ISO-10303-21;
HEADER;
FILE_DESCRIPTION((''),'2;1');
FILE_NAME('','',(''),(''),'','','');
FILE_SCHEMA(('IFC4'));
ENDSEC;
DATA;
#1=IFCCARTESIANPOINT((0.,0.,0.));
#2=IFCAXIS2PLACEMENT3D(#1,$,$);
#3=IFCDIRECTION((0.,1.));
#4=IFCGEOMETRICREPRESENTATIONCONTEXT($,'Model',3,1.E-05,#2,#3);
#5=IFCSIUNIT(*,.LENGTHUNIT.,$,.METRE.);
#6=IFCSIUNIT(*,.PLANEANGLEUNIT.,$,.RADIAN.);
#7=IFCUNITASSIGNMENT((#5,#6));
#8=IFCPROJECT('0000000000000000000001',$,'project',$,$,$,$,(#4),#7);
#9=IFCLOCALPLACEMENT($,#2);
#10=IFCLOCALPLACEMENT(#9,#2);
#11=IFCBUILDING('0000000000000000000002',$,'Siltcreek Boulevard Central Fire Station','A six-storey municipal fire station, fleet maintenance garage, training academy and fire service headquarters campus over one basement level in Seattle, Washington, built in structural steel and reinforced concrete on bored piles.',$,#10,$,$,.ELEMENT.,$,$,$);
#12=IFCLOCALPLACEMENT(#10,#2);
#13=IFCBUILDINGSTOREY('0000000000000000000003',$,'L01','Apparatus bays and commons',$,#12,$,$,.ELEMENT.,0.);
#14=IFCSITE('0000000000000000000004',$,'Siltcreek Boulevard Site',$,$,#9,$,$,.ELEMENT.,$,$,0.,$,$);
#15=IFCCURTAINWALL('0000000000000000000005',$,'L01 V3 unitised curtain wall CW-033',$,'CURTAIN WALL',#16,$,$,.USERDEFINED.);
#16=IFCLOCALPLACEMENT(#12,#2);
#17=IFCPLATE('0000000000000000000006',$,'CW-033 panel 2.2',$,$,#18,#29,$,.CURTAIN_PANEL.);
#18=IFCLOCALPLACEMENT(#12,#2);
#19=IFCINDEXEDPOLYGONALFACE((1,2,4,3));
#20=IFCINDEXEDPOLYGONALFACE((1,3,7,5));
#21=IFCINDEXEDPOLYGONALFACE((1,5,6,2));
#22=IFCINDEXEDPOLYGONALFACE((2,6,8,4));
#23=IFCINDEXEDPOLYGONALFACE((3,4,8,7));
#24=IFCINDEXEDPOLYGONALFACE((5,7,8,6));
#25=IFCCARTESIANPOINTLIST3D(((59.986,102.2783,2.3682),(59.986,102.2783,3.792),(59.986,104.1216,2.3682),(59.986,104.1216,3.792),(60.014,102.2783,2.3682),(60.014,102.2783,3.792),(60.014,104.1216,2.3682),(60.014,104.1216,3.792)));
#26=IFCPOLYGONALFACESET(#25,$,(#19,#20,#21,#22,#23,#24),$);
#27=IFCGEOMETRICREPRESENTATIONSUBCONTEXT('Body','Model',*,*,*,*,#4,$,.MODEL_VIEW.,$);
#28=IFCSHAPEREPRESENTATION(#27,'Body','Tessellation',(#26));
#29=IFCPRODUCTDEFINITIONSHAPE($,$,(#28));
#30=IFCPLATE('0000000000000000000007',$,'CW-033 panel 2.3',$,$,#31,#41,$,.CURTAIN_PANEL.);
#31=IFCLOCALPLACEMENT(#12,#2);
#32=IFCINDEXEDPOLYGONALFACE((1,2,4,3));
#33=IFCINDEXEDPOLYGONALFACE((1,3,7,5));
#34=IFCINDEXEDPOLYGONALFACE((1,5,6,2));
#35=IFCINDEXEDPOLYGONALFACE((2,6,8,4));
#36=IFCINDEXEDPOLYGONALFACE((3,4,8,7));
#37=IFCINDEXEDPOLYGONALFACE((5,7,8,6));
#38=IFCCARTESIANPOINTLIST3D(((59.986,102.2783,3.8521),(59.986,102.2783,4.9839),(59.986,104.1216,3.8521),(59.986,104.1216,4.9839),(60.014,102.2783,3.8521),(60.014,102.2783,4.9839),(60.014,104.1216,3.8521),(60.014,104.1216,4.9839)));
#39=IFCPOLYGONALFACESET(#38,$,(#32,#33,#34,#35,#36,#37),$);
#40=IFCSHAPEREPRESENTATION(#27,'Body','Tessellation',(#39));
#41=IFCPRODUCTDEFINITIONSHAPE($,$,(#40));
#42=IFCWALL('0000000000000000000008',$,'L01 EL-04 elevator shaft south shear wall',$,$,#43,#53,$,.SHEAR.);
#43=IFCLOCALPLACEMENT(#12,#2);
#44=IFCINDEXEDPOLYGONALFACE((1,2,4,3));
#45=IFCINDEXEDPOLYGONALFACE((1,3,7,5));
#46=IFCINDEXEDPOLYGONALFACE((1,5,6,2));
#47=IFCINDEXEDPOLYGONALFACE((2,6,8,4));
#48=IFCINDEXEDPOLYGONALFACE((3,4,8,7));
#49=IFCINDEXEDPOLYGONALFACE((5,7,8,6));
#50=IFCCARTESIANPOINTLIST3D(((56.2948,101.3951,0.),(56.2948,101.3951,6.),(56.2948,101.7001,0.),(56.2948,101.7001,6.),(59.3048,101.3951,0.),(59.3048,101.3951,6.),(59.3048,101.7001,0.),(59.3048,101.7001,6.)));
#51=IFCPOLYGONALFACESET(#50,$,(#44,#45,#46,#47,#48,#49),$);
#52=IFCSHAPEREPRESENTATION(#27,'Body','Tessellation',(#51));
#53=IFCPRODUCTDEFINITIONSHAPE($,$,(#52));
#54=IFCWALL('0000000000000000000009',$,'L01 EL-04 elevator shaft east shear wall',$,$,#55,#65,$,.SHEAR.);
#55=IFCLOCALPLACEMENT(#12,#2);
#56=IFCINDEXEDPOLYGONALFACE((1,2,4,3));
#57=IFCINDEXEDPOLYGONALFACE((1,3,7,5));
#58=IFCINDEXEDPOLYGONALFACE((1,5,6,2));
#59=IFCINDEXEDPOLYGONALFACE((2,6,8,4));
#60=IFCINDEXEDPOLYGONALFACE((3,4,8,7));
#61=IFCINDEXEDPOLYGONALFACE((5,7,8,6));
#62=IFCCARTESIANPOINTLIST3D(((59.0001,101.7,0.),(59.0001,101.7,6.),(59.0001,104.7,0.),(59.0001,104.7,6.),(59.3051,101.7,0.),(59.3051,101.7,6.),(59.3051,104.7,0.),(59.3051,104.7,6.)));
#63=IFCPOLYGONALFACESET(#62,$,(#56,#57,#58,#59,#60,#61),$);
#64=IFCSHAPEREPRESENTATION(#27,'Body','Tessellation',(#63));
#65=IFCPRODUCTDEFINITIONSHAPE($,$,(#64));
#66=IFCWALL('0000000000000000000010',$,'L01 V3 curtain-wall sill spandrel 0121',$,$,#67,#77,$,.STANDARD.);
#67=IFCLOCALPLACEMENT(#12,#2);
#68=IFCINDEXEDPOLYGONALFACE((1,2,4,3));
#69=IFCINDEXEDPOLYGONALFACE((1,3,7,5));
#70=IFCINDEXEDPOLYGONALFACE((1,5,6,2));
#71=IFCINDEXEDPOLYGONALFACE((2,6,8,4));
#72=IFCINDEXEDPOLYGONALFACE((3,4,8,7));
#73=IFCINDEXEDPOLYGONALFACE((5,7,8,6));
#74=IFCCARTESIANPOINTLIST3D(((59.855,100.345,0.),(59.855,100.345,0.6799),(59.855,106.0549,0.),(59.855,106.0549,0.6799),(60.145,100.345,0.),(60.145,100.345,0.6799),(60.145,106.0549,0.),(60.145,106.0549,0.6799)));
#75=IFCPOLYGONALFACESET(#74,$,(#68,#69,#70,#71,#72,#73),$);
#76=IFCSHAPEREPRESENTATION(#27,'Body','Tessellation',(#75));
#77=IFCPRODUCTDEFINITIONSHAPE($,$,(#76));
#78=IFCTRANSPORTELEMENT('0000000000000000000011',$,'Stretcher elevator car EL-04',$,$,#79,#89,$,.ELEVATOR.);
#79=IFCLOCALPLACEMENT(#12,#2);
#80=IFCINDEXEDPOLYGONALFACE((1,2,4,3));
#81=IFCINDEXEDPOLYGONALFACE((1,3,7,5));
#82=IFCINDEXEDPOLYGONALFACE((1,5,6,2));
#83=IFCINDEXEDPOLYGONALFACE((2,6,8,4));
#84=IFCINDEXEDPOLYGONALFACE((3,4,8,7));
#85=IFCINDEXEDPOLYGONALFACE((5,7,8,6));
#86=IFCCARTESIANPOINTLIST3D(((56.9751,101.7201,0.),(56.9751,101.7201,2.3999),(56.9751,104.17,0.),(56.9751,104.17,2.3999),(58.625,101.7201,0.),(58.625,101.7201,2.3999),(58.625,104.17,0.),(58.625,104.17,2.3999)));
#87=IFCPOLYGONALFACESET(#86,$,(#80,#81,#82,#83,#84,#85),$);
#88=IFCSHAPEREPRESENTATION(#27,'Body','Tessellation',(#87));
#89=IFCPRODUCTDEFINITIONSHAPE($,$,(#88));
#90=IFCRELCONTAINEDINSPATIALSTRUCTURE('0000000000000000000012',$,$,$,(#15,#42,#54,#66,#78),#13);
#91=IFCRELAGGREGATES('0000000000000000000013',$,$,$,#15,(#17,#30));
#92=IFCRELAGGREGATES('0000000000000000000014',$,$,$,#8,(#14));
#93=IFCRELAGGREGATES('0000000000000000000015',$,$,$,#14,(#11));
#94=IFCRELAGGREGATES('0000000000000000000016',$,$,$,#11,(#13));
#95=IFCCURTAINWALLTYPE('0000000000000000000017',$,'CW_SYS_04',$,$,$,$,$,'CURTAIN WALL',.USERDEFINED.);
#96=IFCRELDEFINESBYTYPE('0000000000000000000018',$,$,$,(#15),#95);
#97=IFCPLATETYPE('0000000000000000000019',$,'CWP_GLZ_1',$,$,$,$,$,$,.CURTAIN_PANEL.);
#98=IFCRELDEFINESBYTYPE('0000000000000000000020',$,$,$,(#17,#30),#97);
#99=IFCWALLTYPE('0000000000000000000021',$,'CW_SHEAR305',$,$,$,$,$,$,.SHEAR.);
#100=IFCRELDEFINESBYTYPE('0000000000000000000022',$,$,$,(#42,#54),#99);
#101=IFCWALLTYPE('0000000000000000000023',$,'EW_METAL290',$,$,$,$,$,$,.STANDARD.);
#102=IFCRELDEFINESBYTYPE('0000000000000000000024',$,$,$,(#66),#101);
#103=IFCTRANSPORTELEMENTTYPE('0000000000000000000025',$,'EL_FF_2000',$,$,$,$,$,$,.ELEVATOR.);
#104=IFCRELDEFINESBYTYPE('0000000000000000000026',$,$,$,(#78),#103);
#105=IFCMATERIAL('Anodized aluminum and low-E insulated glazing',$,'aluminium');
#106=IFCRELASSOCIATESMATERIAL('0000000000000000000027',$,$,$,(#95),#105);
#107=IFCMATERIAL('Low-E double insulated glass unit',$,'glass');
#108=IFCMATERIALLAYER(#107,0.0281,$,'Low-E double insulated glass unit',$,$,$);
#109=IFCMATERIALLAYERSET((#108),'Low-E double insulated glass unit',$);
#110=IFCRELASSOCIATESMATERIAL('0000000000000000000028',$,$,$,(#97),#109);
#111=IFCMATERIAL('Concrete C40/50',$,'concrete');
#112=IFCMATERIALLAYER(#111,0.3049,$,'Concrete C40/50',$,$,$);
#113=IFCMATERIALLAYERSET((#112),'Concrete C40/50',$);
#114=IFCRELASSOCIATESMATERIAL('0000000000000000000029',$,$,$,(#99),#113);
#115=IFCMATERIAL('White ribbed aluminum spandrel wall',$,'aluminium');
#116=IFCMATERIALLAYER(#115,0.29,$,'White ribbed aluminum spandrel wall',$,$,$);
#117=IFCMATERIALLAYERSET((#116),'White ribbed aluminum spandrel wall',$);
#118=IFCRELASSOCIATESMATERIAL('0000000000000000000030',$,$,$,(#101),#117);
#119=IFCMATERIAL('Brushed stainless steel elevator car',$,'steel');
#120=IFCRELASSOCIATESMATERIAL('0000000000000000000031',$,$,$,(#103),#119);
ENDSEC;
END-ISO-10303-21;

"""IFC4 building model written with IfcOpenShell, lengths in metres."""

from ifc_helpers import new_model, si_unit, direction, frame, frame_2d, origin, origin_2d, place, context, subcontext, project, spatial, rectangle, extrude, material, layer, layer_set, type_object, element, aggregate, save


model = new_model("IFC4")

# Units and contexts
model_context = context("Model", 3, precision=1e-05, world=origin(), true_north=direction((0.0, 1.0)))
body_context = subcontext(model_context, "Body", "Model", "MODEL_VIEW")
ifc_project = project(units=[si_unit("LENGTHUNIT", "METRE"), si_unit("PLANEANGLEUNIT", "RADIAN")], contexts=[model_context])

# Site, building, storey
site_placement = place(None, origin())
site = spatial("IfcSite", under=ifc_project, at=site_placement, Name="Siltcreek Boulevard Site", CompositionType="ELEMENT", RefElevation=0.0)
building_placement = place(site_placement, origin())
building = spatial("IfcBuilding", under=site, at=building_placement, Name="Siltcreek Boulevard Central Fire Station", Description="A six-storey municipal fire station, fleet maintenance garage, training academy and fire service headquarters campus over one basement level in Seattle, Washington, built in structural steel and reinforced concrete on bored piles.", CompositionType="ELEMENT")
storey_placement = place(building_placement, origin())
storey = spatial("IfcBuildingStorey", under=building, at=storey_placement, Name="L01", Description="Apparatus bays and commons", CompositionType="ELEMENT", Elevation=0.0)

# Curtain wall
ifc_material_1 = material(Name="Anodized aluminum and low-E insulated glazing", Category="aluminium")
curtain_wall_type = type_object("IfcCurtainWallType", Name="CW_SYS_04", ElementType="CURTAIN WALL", PredefinedType="USERDEFINED", material=ifc_material_1)
curtain_wall_placement = place(storey_placement, origin())
curtain_wall = element("IfcCurtainWall", 1, at=curtain_wall_placement, inside=storey, type_object=curtain_wall_type, Name="L01 V3 unitised curtain wall CW-033", ObjectType="CURTAIN WALL", PredefinedType="USERDEFINED")

# Plates
ifc_material_2 = material(Name="Low-E double insulated glass unit", Category="glass")
ifc_layer_1 = layer(ifc_material_2, 0.0281, Name="Low-E double insulated glass unit")
ifc_layer_set_1 = layer_set([ifc_layer_1], Name="Low-E double insulated glass unit")
plate_type = type_object("IfcPlateType", Name="CWP_GLZ_1", PredefinedType="CURTAIN_PANEL", material=ifc_layer_set_1)
plate_1_placement = place(storey_placement, frame((60.0, 103.2, 2.3682), z_axis=(0.0, 0.0, 1.0), x_axis=(0.0, 1.0, 0.0)))
plate_1 = element("IfcPlate", 2, at=plate_1_placement, type_object=plate_type, Name="CW-033 panel 2.2", PredefinedType="CURTAIN_PANEL", context=body_context, shape_type="SweptSolid", body=[
    extrude(rectangle(XDim=1.8433, YDim=0.0281, at=origin_2d()), origin(), (0.0, 0.0, 1.0), 1.4238),
])
plate_2_placement = place(storey_placement, frame((60.0, 103.2, 3.8521), z_axis=(0.0, 0.0, 1.0), x_axis=(0.0, 1.0, 0.0)))
plate_2 = element("IfcPlate", 3, at=plate_2_placement, type_object=plate_type, Name="CW-033 panel 2.3", PredefinedType="CURTAIN_PANEL", context=body_context, shape_type="SweptSolid", body=[
    extrude(rectangle(XDim=1.8433, YDim=0.0281, at=origin_2d()), origin(), (0.0, 0.0, 1.0), 1.1318),
])
aggregate(curtain_wall, [plate_1, plate_2])

# Walls
ifc_material_3 = material(Name="Concrete C40/50", Category="concrete")
ifc_layer_2 = layer(ifc_material_3, 0.3049, Name="Concrete C40/50")
ifc_layer_set_2 = layer_set([ifc_layer_2], Name="Concrete C40/50")
wall_type_1 = type_object("IfcWallType", Name="CW_SHEAR305", PredefinedType="SHEAR", material=ifc_layer_set_2)
wall_1_placement = place(storey_placement, frame((56.2949, 101.5476, 0.0), z_axis=(0.0, 0.0, 1.0), x_axis=(1.0, 0.0, 0.0)))
element("IfcWall", 4, at=wall_1_placement, inside=storey, type_object=wall_type_1, Name="L01 EL-04 elevator shaft south shear wall", PredefinedType="SHEAR", context=body_context, shape_type="SweptSolid", body=[
    extrude(rectangle(XDim=3.01, YDim=0.3049, at=frame_2d((1.5049, 0.0))), origin(), (0.0, 0.0, 1.0), 6.0),
])
wall_2_placement = place(storey_placement, frame((59.1526, 101.7, 0.0), z_axis=(0.0, 0.0, 1.0), x_axis=(0.0, 1.0, 0.0)))
element("IfcWall", 5, at=wall_2_placement, inside=storey, type_object=wall_type_1, Name="L01 EL-04 elevator shaft east shear wall", PredefinedType="SHEAR", context=body_context, shape_type="SweptSolid", body=[
    extrude(rectangle(XDim=3.0, YDim=0.3049, at=frame_2d((1.5, 0.0))), origin(), (0.0, 0.0, 1.0), 6.0),
])
ifc_material_4 = material(Name="White ribbed aluminum spandrel wall", Category="aluminium")
ifc_layer_3 = layer(ifc_material_4, 0.29, Name="White ribbed aluminum spandrel wall")
ifc_layer_set_3 = layer_set([ifc_layer_3], Name="White ribbed aluminum spandrel wall")
wall_type_2 = type_object("IfcWallType", Name="EW_METAL290", PredefinedType="STANDARD", material=ifc_layer_set_3)
wall_3_placement = place(storey_placement, frame((60.0, 100.345, 0.0), z_axis=(0.0, 0.0, 1.0), x_axis=(0.0, 1.0, 0.0)))
element("IfcWall", 6, at=wall_3_placement, inside=storey, type_object=wall_type_2, Name="L01 V3 curtain-wall sill spandrel 0121", PredefinedType="STANDARD", context=body_context, shape_type="SweptSolid", body=[
    extrude(rectangle(XDim=5.71, YDim=0.29, at=frame_2d((2.855, 0.0))), origin(), (0.0, 0.0, 1.0), 0.6799),
])

# Transport element
ifc_material_5 = material(Name="Brushed stainless steel elevator car", Category="steel")
transport_element_type = type_object("IfcTransportElementType", Name="EL_FF_2000", PredefinedType="ELEVATOR", material=ifc_material_5)
transport_element_placement = place(storey_placement, frame((57.8, 102.9451, 0.0), z_axis=(0.0, 0.0, 1.0), x_axis=(1.0, 0.0, 0.0)))
element("IfcTransportElement", 7, at=transport_element_placement, inside=storey, type_object=transport_element_type, Name="Stretcher elevator car EL-04", PredefinedType="ELEVATOR", context=body_context, shape_type="SweptSolid", body=[
    extrude(rectangle(XDim=1.6499, YDim=2.45, at=origin_2d()), origin(), (0.0, 0.0, 1.0), 2.3999),
])

save(model, "model.ifc")
